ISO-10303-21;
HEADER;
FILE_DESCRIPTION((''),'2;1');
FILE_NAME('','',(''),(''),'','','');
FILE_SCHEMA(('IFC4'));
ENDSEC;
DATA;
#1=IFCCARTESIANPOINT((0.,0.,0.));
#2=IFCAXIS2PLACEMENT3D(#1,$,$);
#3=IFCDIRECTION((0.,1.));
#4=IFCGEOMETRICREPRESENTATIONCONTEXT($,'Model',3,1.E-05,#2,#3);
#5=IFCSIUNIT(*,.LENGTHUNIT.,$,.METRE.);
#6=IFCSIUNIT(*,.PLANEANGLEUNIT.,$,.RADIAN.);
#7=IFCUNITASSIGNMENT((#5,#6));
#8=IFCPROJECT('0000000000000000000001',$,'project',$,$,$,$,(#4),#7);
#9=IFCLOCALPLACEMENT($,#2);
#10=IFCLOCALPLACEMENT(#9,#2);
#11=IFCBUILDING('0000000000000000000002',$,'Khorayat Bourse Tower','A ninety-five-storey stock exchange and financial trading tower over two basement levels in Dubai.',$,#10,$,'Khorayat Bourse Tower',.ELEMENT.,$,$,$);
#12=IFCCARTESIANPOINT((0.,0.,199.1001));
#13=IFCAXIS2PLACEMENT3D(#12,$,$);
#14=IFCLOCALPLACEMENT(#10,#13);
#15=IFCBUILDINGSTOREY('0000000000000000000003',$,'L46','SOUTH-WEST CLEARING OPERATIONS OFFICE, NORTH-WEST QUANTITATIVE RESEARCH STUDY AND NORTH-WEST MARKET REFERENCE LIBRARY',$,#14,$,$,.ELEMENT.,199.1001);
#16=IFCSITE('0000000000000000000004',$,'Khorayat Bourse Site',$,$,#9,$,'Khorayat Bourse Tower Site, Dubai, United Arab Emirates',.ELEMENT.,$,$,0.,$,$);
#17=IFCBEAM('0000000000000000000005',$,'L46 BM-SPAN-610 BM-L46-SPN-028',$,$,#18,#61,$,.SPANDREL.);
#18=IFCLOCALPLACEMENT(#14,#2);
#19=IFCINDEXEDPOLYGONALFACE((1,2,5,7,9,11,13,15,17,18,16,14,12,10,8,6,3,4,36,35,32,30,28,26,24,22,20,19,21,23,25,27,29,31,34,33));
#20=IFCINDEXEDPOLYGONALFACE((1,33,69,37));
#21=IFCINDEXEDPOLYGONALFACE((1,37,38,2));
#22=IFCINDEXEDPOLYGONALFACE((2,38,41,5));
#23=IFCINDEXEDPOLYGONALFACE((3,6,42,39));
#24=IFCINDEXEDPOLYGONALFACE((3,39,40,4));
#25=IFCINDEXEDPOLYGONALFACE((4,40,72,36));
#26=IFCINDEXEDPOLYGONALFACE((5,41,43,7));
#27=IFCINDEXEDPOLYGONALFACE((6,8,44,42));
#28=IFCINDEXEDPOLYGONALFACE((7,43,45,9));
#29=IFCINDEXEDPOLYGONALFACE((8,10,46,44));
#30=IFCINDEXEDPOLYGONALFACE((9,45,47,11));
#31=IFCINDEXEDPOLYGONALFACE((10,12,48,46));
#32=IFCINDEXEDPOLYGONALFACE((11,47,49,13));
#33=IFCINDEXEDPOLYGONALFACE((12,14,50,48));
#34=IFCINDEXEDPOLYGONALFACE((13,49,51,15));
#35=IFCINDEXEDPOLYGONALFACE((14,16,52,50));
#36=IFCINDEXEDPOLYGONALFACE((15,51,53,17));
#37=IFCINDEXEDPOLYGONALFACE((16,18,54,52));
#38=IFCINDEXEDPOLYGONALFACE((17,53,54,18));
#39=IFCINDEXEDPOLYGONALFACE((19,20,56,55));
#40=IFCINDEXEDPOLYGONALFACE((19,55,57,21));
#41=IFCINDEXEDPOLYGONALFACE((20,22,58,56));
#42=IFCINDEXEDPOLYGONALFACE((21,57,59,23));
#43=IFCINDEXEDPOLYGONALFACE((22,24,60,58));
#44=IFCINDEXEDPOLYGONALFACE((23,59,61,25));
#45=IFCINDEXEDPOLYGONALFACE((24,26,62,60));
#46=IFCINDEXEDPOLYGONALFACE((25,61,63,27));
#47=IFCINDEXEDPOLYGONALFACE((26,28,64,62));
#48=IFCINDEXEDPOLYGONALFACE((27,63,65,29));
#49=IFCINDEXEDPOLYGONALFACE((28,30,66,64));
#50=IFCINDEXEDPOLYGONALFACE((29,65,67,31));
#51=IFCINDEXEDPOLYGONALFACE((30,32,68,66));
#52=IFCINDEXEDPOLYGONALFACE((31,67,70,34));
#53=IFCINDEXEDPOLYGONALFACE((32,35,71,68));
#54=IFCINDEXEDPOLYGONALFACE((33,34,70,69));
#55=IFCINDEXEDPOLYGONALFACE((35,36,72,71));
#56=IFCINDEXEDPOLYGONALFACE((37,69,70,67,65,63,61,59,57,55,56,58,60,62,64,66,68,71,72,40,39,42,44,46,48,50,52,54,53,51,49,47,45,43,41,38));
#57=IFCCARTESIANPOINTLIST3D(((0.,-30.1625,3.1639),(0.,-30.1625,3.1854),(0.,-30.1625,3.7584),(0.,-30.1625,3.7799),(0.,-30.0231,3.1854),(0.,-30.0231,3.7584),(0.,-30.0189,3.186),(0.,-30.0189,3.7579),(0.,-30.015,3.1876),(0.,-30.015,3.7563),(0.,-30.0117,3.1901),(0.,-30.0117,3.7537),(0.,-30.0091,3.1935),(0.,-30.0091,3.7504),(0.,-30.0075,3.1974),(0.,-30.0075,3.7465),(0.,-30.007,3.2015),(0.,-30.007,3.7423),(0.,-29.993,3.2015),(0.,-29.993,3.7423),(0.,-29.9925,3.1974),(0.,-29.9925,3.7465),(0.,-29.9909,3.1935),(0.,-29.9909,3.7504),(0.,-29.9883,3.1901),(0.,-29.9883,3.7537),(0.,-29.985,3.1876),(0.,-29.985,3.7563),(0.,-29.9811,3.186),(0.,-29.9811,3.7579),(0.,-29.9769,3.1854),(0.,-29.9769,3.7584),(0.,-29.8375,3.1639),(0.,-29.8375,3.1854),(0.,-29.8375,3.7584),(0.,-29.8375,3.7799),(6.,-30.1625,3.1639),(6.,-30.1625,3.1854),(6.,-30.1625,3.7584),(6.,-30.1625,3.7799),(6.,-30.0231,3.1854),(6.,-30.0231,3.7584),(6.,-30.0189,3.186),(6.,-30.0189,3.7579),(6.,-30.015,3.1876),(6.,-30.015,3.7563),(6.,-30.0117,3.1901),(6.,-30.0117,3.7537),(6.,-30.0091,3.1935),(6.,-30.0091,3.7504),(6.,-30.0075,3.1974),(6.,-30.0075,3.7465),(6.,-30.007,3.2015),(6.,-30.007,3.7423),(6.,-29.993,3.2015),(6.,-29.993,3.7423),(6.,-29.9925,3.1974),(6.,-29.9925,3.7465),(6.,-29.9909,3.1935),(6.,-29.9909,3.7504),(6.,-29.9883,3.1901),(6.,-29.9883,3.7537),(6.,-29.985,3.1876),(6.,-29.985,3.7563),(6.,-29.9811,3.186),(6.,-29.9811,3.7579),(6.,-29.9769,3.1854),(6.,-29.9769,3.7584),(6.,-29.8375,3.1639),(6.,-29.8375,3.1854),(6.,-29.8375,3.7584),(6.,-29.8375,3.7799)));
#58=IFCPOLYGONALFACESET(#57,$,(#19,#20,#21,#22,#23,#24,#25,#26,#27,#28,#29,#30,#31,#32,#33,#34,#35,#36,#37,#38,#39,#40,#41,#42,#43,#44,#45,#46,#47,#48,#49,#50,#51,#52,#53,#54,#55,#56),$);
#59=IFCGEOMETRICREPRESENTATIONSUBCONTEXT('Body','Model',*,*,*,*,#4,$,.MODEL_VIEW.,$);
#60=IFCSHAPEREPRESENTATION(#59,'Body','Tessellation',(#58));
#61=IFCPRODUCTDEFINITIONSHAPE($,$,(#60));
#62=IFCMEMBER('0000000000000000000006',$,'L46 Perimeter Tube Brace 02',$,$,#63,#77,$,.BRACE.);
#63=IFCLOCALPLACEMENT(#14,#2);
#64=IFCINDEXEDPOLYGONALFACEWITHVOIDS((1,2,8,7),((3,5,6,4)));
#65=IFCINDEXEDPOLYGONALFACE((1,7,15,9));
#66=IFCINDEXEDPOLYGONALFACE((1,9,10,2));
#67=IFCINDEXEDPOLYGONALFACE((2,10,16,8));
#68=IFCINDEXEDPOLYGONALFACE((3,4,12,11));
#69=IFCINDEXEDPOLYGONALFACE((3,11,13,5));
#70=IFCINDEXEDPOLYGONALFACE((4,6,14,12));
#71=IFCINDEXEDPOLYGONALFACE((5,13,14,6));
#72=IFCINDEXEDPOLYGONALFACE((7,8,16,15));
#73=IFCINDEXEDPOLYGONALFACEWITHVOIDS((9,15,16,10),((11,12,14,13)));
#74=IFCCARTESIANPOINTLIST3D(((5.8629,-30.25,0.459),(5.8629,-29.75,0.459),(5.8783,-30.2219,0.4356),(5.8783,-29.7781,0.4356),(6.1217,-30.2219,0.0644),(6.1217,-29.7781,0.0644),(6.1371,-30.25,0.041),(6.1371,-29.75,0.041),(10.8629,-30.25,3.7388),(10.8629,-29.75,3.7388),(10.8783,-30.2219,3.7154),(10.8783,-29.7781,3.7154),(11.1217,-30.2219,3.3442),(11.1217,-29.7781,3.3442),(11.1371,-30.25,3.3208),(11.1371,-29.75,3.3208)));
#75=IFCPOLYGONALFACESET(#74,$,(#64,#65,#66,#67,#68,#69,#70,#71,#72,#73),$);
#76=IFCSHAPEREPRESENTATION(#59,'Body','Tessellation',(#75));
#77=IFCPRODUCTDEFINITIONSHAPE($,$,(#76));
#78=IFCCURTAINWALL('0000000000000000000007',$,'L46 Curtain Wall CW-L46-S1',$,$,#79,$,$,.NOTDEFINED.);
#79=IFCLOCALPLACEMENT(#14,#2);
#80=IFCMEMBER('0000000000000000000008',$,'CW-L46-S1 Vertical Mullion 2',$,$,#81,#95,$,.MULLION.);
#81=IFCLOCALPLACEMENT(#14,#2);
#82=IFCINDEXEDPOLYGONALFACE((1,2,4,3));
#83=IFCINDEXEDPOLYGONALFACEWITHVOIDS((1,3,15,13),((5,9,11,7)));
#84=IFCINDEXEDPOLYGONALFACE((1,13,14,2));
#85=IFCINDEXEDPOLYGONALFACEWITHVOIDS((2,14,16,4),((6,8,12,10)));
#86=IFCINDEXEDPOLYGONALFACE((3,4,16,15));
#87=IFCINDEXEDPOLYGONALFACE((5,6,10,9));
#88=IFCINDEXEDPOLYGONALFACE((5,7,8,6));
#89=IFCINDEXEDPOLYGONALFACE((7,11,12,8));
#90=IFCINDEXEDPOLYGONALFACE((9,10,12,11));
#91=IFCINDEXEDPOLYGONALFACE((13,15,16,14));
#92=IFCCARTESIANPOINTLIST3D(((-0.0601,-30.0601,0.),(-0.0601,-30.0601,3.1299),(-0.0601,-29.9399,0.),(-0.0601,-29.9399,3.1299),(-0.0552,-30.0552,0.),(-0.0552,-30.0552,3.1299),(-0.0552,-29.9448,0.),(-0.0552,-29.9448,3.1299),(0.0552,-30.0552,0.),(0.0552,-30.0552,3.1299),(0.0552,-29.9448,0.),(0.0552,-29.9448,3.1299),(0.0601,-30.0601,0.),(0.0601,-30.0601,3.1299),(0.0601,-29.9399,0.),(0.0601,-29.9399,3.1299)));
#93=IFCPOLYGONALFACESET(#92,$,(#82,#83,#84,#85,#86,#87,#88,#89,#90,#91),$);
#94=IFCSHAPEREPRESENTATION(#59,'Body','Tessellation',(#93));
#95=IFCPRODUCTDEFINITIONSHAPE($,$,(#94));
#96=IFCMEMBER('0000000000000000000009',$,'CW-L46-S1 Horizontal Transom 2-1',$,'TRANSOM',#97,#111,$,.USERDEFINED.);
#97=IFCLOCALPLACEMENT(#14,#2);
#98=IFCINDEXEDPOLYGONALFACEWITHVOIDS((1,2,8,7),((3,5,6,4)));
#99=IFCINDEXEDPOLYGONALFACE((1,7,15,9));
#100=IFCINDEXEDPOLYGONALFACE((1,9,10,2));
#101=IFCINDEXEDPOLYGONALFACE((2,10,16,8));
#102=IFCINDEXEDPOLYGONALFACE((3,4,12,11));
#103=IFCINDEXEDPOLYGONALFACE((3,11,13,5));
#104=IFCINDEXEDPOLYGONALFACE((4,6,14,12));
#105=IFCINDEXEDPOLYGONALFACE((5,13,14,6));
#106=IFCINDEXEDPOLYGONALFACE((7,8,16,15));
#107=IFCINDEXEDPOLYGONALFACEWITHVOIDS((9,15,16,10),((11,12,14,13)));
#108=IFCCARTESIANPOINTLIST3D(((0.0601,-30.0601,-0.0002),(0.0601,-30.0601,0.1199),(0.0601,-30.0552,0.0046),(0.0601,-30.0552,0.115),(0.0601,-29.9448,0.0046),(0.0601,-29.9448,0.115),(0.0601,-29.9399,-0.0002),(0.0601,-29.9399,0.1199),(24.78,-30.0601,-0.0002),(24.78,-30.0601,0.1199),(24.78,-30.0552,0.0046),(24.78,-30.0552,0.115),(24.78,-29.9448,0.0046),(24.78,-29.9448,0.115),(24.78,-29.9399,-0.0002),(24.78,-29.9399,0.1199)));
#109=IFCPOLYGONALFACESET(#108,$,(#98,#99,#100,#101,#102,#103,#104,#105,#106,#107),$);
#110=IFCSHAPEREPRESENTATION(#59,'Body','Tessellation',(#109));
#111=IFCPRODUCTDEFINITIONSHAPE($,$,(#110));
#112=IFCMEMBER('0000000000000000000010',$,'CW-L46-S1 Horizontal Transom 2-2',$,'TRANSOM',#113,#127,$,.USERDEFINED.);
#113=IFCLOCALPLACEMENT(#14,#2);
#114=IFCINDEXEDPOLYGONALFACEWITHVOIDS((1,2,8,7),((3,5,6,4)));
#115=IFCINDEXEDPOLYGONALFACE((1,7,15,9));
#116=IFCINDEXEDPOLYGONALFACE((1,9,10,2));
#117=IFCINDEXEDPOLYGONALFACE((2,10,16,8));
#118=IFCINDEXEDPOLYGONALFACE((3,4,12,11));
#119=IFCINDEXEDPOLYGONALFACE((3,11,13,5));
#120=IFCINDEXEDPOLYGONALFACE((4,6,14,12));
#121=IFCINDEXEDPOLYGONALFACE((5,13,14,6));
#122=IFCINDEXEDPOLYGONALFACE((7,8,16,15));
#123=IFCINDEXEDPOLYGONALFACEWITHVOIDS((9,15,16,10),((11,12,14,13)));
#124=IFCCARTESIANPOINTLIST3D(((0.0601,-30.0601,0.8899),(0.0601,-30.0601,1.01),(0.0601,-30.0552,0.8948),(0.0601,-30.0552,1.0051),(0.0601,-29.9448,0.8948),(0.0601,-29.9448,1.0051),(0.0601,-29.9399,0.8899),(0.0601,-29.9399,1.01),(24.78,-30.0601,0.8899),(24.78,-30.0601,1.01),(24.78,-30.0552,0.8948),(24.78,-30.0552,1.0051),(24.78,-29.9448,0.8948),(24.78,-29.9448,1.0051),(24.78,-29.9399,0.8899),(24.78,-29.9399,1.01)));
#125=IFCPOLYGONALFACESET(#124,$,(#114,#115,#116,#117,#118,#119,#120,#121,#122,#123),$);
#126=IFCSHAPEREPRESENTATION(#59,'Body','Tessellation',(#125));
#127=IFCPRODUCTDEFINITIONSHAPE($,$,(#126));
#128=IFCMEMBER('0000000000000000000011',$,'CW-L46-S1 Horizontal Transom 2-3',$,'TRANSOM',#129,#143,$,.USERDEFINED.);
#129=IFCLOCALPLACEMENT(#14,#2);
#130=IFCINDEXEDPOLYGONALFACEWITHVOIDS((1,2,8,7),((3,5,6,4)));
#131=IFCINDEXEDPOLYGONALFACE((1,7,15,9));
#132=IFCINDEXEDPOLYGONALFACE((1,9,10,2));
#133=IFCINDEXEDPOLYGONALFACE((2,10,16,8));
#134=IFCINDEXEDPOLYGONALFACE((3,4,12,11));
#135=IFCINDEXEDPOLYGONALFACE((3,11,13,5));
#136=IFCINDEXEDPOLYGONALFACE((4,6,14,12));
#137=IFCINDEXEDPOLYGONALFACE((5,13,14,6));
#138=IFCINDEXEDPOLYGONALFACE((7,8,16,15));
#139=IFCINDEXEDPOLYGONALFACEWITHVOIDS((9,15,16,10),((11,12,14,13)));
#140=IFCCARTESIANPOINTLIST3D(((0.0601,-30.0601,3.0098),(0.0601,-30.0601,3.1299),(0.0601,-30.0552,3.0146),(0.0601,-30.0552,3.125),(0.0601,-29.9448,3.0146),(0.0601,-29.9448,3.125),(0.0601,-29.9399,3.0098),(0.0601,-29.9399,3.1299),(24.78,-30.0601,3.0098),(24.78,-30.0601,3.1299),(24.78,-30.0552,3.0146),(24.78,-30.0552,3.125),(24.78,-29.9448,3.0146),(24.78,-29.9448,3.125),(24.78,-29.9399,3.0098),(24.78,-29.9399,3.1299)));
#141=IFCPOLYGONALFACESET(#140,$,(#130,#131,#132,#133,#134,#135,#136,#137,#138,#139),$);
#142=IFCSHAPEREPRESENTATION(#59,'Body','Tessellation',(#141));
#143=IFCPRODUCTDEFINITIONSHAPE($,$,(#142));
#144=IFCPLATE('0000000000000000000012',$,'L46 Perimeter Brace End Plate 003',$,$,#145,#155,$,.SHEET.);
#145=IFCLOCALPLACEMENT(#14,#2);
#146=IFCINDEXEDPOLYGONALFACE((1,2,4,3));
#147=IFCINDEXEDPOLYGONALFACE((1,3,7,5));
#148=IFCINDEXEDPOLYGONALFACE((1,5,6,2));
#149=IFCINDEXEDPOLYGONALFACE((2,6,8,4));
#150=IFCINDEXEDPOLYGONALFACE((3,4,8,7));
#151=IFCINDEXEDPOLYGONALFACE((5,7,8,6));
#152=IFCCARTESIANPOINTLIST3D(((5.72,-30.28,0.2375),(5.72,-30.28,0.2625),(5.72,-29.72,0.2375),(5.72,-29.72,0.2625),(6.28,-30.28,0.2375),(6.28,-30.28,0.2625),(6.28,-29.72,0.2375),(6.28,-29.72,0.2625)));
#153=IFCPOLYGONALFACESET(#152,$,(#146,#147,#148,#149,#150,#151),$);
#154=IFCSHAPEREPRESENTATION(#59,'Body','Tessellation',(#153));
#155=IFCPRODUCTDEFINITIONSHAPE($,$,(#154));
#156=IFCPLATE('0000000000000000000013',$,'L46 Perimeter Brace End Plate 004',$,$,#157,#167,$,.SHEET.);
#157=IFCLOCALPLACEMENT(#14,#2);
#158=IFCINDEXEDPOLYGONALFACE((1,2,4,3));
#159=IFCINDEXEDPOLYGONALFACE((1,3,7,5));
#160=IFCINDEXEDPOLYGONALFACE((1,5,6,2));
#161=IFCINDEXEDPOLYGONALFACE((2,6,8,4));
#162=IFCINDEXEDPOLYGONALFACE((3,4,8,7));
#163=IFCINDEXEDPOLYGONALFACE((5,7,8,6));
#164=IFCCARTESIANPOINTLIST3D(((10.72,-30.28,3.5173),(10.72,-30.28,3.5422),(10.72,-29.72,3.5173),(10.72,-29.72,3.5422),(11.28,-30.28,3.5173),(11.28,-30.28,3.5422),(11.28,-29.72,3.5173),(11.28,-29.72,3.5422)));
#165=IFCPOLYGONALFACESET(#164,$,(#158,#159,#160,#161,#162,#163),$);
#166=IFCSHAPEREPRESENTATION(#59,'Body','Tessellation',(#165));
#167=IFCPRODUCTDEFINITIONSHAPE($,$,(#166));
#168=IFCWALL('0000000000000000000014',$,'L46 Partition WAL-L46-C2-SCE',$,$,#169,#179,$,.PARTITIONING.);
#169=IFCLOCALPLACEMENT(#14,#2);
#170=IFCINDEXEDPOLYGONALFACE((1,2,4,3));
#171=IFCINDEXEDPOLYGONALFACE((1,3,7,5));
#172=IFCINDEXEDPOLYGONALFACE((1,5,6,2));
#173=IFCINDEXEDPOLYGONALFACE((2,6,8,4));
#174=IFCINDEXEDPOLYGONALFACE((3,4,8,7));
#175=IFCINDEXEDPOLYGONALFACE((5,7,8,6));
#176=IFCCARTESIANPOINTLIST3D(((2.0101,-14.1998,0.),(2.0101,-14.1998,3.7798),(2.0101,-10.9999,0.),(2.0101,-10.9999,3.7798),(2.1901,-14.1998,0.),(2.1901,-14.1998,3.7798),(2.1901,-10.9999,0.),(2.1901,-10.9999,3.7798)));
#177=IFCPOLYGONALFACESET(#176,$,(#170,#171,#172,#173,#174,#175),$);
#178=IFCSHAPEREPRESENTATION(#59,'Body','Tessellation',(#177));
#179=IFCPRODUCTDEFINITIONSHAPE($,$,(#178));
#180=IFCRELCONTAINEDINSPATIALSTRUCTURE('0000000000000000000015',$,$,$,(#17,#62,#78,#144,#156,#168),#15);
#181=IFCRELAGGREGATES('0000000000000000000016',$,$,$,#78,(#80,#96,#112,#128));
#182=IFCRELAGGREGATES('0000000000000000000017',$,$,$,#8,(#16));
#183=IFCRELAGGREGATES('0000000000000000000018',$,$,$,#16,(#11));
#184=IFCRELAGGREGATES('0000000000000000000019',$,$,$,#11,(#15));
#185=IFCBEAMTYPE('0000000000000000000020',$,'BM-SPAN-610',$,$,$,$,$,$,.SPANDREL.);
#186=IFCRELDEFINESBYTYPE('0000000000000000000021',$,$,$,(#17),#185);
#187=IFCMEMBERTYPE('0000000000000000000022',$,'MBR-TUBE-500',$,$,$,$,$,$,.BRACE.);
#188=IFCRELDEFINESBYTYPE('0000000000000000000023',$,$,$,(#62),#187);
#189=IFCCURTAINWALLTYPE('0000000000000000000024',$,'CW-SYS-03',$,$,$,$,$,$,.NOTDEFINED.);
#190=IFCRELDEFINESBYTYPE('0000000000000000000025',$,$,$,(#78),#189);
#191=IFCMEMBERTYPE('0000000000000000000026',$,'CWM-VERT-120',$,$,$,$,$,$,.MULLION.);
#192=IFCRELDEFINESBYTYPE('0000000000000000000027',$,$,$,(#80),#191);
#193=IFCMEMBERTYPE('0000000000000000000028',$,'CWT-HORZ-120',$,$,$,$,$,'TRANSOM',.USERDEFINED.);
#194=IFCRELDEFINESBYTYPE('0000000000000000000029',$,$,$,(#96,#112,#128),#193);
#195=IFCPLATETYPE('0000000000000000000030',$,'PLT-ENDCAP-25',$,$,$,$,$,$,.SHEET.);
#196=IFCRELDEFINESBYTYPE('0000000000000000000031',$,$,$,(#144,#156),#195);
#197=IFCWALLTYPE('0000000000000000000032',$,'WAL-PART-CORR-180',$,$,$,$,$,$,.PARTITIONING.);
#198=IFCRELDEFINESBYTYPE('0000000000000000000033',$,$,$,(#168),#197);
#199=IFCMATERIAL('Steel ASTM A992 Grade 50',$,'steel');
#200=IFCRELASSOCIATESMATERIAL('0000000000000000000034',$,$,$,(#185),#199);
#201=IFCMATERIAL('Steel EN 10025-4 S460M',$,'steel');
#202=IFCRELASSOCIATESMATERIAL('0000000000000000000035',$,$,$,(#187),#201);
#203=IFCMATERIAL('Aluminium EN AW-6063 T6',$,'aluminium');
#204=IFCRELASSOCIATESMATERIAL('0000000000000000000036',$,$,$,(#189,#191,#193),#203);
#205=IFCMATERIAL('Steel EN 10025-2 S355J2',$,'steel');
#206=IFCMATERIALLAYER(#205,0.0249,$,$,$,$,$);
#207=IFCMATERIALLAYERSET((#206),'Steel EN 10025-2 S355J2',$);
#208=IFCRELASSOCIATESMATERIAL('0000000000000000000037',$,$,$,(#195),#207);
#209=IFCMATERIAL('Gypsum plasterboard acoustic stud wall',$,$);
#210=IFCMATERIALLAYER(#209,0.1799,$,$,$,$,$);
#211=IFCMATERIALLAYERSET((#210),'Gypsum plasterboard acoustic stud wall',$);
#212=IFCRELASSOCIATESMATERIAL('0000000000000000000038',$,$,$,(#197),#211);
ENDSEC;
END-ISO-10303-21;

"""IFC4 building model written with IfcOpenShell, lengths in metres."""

from ifc_helpers import new_model, si_unit, direction, frame, frame_2d, origin, origin_2d, place, context, subcontext, project, spatial, rectangle, hollow_rectangle, i_section, extrude, source, transform, mapped, material, layer, layer_set, material_profile, profile_set, type_object, element, aggregate, save


model = new_model("IFC4")

# Units and contexts
model_context = context("Model", 3, precision=1e-05, world=origin(), true_north=direction((0.0, 1.0)))
body_context = subcontext(model_context, "Body", "Model", "MODEL_VIEW")
ifc_project = project(units=[si_unit("LENGTHUNIT", "METRE"), si_unit("PLANEANGLEUNIT", "RADIAN")], contexts=[model_context])

# Site, building, storey
site_placement = place(None, origin())
site = spatial("IfcSite", under=ifc_project, at=site_placement, Name="Khorayat Bourse Site", LongName="Khorayat Bourse Tower Site, Dubai, United Arab Emirates", CompositionType="ELEMENT", RefElevation=0.0)
building_placement = place(site_placement, origin())
building = spatial("IfcBuilding", under=site, at=building_placement, Name="Khorayat Bourse Tower", Description="A ninety-five-storey stock exchange and financial trading tower over two basement levels in Dubai.", LongName="Khorayat Bourse Tower", CompositionType="ELEMENT")
storey_placement = place(building_placement, frame((0.0, 0.0, 199.1001)))
storey = spatial("IfcBuildingStorey", under=building, at=storey_placement, Name="L46", Description="SOUTH-WEST CLEARING OPERATIONS OFFICE, NORTH-WEST QUANTITATIVE RESEARCH STUDY AND NORTH-WEST MARKET REFERENCE LIBRARY", CompositionType="ELEMENT", Elevation=199.1001)

# Shared definitions
ifc_material_1 = material(Name="Steel EN 10025-4 S460M", Category="steel")

# Beam
ifc_material_2 = material(Name="Steel ASTM A992 Grade 50", Category="steel")
ifc_material_profile_1 = material_profile(ifc_material_2, i_section(OverallWidth=0.325, OverallDepth=0.616, WebThickness=0.0139, FlangeThickness=0.0215, FilletRadius=0.0161, at=origin_2d()), Name="W610X174")
ifc_profile_set_1 = profile_set([ifc_material_profile_1], Name="Steel ASTM A992 Grade 50")
beam_type_1 = type_object("IfcBeamType", Name="BM-SPAN-610", PredefinedType="SPANDREL", material=ifc_profile_set_1)
shared_shape_1 = source(origin(), body_context, "Body", "SweptSolid", [
    extrude(i_section(OverallWidth=0.325, OverallDepth=0.616, WebThickness=0.0139, FlangeThickness=0.0215, FilletRadius=0.0161, at=origin_2d()), origin(), (0.0, 0.0, 1.0), 6.0),
])
beam_1_placement = place(storey_placement, frame((0.0, -30.0, 3.4719), z_axis=(1.0, 0.0, 0.0), x_axis=(0.0, 1.0, 0.0)))
element("IfcBeam", 1, at=beam_1_placement, inside=storey, type_object=beam_type_1, Name="L46 BM-SPAN-610 BM-L46-SPN-028", PredefinedType="SPANDREL", context=body_context, shape_type="MappedRepresentation", body=[
    mapped(shared_shape_1, transform((0.0, 0.0, 0.0), scale=1.0)),
])

# Member
ifc_material_profile_2 = material_profile(ifc_material_1, hollow_rectangle(XDim=0.5, YDim=0.5, WallThickness=0.0281, at=origin_2d()), Name="HSS 500x500x28")
ifc_profile_set_2 = profile_set([ifc_material_profile_2], Name="Steel EN 10025-4 S460M")
member_type_1 = type_object("IfcMemberType", Name="MBR-TUBE-500", PredefinedType="BRACE", material=ifc_profile_set_2)
shared_shape_2 = source(origin(), body_context, "Body", "SweptSolid", [
    extrude(hollow_rectangle(XDim=0.5, YDim=0.5, WallThickness=0.0281, at=origin_2d()), origin(), (0.0, 0.0, 1.0), 5.9797),
])
member_1_placement = place(storey_placement, frame((6.0, -30.0, 0.25), z_axis=(0.83616, 0.0, 0.548485), x_axis=(0.0, 1.0, 0.0)))
element("IfcMember", 2, at=member_1_placement, inside=storey, type_object=member_type_1, Name="L46 Perimeter Tube Brace 02", PredefinedType="BRACE", context=body_context, shape_type="MappedRepresentation", body=[
    mapped(shared_shape_2, transform((0.0, 0.0, 0.0), scale=1.0)),
])

# Curtain wall, members
ifc_material_3 = material(Name="Aluminium EN AW-6063 T6", Category="aluminium")
curtain_wall_type = type_object("IfcCurtainWallType", Name="CW-SYS-03", PredefinedType="NOTDEFINED", material=ifc_material_3)
curtain_wall_placement = place(storey_placement, origin())
curtain_wall = element("IfcCurtainWall", 3, at=curtain_wall_placement, inside=storey, type_object=curtain_wall_type, Name="L46 Curtain Wall CW-L46-S1", PredefinedType="NOTDEFINED")
ifc_material_profile_3 = material_profile(ifc_material_3, hollow_rectangle(XDim=0.1201, YDim=0.1201, WallThickness=0.0049, at=origin_2d()), Name="ALU 120x120x5")
ifc_profile_set_3 = profile_set([ifc_material_profile_3], Name="Aluminium EN AW-6063 T6")
member_type_2 = type_object("IfcMemberType", Name="CWM-VERT-120", PredefinedType="MULLION", material=ifc_profile_set_3)
shared_shape_3 = source(origin(), body_context, "Body", "SweptSolid", [
    extrude(hollow_rectangle(XDim=0.1201, YDim=0.1201, WallThickness=0.0049, at=origin_2d()), origin(), (0.0, 0.0, 1.0), 3.1299),
])
member_2_placement = place(storey_placement, frame((0.0, -30.0, 0.0), z_axis=(0.0, 0.0, 1.0), x_axis=(0.0, 1.0, 0.0)))
member_2 = element("IfcMember", 4, at=member_2_placement, type_object=member_type_2, Name="CW-L46-S1 Vertical Mullion 2", PredefinedType="MULLION", context=body_context, shape_type="MappedRepresentation", body=[
    mapped(shared_shape_3, transform((0.0, 0.0, 0.0), scale=1.0)),
])
ifc_material_profile_4 = material_profile(ifc_material_3, hollow_rectangle(XDim=0.1201, YDim=0.1201, WallThickness=0.0049, at=origin_2d()), Name="ALU 120x120x5")
ifc_profile_set_4 = profile_set([ifc_material_profile_4], Name="Aluminium EN AW-6063 T6")
member_type_3 = type_object("IfcMemberType", Name="CWT-HORZ-120", ElementType="TRANSOM", PredefinedType="USERDEFINED", material=ifc_profile_set_4)
shared_shape_4 = source(origin(), body_context, "Body", "SweptSolid", [
    extrude(hollow_rectangle(XDim=0.1201, YDim=0.1201, WallThickness=0.0049, at=origin_2d()), origin(), (0.0, 0.0, 1.0), 24.72),
])
member_3_placement = place(storey_placement, frame((0.0601, -30.0, 0.0598), z_axis=(1.0, 0.0, 0.0), x_axis=(0.0, 1.0, 0.0)))
member_3 = element("IfcMember", 5, at=member_3_placement, type_object=member_type_3, Name="CW-L46-S1 Horizontal Transom 2-1", ObjectType="TRANSOM", PredefinedType="USERDEFINED", context=body_context, shape_type="MappedRepresentation", body=[
    mapped(shared_shape_4, transform((0.0, 0.0, 0.0), scale=1.0)),
])
member_4_placement = place(storey_placement, frame((0.0601, -30.0, 0.95), z_axis=(1.0, 0.0, 0.0), x_axis=(0.0, 1.0, 0.0)))
member_4 = element("IfcMember", 6, at=member_4_placement, type_object=member_type_3, Name="CW-L46-S1 Horizontal Transom 2-2", ObjectType="TRANSOM", PredefinedType="USERDEFINED", context=body_context, shape_type="MappedRepresentation", body=[
    mapped(shared_shape_4, transform((0.0, 0.0, 0.0), scale=1.0)),
])
member_5_placement = place(storey_placement, frame((0.0601, -30.0, 3.0698), z_axis=(1.0, 0.0, 0.0), x_axis=(0.0, 1.0, 0.0)))
member_5 = element("IfcMember", 7, at=member_5_placement, type_object=member_type_3, Name="CW-L46-S1 Horizontal Transom 2-3", ObjectType="TRANSOM", PredefinedType="USERDEFINED", context=body_context, shape_type="MappedRepresentation", body=[
    mapped(shared_shape_4, transform((0.0, 0.0, 0.0), scale=1.0)),
])
aggregate(curtain_wall, [member_2, member_3, member_4, member_5])

# Plates
ifc_material_4 = material(Name="Steel EN 10025-2 S355J2", Category="steel")
ifc_layer_1 = layer(ifc_material_4, 0.0249)
ifc_layer_set_1 = layer_set([ifc_layer_1], Name="Steel EN 10025-2 S355J2")
plate_type = type_object("IfcPlateType", Name="PLT-ENDCAP-25", PredefinedType="SHEET", material=ifc_layer_set_1)
shared_shape_5 = source(origin(), body_context, "Body", "SweptSolid", [
    extrude(rectangle(XDim=0.5601, YDim=0.5601, at=origin_2d()), origin(), (0.0, 0.0, 1.0), 0.0249),
])
for number, where, z_axis, x_axis, name in (
    (8, (6.0, -30.0, 0.2375), (0.0, 0.0, 1.0), (1.0, 0.0, 0.0), "L46 Perimeter Brace End Plate 003"),
    (9, (11.0, -30.0, 3.5173), (0.0, 0.0, 1.0), (1.0, 0.0, 0.0), "L46 Perimeter Brace End Plate 004"),
):
    element("IfcPlate", number, at=place(storey_placement, frame(where, z_axis=z_axis, x_axis=x_axis)), inside=storey, type_object=plate_type, Name=name, PredefinedType="SHEET", context=body_context, shape_type="MappedRepresentation", body=[
        mapped(shared_shape_5, transform((0.0, 0.0, 0.0), scale=1.0)),
    ])

# Wall
ifc_material_5 = material(Name="Gypsum plasterboard acoustic stud wall")
ifc_layer_2 = layer(ifc_material_5, 0.1799)
ifc_layer_set_2 = layer_set([ifc_layer_2], Name="Gypsum plasterboard acoustic stud wall")
wall_type_1 = type_object("IfcWallType", Name="WAL-PART-CORR-180", PredefinedType="PARTITIONING", material=ifc_layer_set_2)
shared_shape_6 = source(origin(), body_context, "Body", "SweptSolid", [
    extrude(rectangle(XDim=3.2, YDim=0.1799, at=frame_2d((1.6001, 0.0))), origin(), (0.0, 0.0, 1.0), 3.7798),
])
wall_1_placement = place(storey_placement, frame((2.1001, -14.2, 0.0), z_axis=(0.0, 0.0, 1.0), x_axis=(0.0, 1.0, 0.0)))
element("IfcWall", 10, at=wall_1_placement, inside=storey, type_object=wall_type_1, Name="L46 Partition WAL-L46-C2-SCE", PredefinedType="PARTITIONING", context=body_context, shape_type="MappedRepresentation", body=[
    mapped(shared_shape_6, transform((0.0, 0.0, 0.0), scale=1.0)),
])

save(model, "model.ifc")
